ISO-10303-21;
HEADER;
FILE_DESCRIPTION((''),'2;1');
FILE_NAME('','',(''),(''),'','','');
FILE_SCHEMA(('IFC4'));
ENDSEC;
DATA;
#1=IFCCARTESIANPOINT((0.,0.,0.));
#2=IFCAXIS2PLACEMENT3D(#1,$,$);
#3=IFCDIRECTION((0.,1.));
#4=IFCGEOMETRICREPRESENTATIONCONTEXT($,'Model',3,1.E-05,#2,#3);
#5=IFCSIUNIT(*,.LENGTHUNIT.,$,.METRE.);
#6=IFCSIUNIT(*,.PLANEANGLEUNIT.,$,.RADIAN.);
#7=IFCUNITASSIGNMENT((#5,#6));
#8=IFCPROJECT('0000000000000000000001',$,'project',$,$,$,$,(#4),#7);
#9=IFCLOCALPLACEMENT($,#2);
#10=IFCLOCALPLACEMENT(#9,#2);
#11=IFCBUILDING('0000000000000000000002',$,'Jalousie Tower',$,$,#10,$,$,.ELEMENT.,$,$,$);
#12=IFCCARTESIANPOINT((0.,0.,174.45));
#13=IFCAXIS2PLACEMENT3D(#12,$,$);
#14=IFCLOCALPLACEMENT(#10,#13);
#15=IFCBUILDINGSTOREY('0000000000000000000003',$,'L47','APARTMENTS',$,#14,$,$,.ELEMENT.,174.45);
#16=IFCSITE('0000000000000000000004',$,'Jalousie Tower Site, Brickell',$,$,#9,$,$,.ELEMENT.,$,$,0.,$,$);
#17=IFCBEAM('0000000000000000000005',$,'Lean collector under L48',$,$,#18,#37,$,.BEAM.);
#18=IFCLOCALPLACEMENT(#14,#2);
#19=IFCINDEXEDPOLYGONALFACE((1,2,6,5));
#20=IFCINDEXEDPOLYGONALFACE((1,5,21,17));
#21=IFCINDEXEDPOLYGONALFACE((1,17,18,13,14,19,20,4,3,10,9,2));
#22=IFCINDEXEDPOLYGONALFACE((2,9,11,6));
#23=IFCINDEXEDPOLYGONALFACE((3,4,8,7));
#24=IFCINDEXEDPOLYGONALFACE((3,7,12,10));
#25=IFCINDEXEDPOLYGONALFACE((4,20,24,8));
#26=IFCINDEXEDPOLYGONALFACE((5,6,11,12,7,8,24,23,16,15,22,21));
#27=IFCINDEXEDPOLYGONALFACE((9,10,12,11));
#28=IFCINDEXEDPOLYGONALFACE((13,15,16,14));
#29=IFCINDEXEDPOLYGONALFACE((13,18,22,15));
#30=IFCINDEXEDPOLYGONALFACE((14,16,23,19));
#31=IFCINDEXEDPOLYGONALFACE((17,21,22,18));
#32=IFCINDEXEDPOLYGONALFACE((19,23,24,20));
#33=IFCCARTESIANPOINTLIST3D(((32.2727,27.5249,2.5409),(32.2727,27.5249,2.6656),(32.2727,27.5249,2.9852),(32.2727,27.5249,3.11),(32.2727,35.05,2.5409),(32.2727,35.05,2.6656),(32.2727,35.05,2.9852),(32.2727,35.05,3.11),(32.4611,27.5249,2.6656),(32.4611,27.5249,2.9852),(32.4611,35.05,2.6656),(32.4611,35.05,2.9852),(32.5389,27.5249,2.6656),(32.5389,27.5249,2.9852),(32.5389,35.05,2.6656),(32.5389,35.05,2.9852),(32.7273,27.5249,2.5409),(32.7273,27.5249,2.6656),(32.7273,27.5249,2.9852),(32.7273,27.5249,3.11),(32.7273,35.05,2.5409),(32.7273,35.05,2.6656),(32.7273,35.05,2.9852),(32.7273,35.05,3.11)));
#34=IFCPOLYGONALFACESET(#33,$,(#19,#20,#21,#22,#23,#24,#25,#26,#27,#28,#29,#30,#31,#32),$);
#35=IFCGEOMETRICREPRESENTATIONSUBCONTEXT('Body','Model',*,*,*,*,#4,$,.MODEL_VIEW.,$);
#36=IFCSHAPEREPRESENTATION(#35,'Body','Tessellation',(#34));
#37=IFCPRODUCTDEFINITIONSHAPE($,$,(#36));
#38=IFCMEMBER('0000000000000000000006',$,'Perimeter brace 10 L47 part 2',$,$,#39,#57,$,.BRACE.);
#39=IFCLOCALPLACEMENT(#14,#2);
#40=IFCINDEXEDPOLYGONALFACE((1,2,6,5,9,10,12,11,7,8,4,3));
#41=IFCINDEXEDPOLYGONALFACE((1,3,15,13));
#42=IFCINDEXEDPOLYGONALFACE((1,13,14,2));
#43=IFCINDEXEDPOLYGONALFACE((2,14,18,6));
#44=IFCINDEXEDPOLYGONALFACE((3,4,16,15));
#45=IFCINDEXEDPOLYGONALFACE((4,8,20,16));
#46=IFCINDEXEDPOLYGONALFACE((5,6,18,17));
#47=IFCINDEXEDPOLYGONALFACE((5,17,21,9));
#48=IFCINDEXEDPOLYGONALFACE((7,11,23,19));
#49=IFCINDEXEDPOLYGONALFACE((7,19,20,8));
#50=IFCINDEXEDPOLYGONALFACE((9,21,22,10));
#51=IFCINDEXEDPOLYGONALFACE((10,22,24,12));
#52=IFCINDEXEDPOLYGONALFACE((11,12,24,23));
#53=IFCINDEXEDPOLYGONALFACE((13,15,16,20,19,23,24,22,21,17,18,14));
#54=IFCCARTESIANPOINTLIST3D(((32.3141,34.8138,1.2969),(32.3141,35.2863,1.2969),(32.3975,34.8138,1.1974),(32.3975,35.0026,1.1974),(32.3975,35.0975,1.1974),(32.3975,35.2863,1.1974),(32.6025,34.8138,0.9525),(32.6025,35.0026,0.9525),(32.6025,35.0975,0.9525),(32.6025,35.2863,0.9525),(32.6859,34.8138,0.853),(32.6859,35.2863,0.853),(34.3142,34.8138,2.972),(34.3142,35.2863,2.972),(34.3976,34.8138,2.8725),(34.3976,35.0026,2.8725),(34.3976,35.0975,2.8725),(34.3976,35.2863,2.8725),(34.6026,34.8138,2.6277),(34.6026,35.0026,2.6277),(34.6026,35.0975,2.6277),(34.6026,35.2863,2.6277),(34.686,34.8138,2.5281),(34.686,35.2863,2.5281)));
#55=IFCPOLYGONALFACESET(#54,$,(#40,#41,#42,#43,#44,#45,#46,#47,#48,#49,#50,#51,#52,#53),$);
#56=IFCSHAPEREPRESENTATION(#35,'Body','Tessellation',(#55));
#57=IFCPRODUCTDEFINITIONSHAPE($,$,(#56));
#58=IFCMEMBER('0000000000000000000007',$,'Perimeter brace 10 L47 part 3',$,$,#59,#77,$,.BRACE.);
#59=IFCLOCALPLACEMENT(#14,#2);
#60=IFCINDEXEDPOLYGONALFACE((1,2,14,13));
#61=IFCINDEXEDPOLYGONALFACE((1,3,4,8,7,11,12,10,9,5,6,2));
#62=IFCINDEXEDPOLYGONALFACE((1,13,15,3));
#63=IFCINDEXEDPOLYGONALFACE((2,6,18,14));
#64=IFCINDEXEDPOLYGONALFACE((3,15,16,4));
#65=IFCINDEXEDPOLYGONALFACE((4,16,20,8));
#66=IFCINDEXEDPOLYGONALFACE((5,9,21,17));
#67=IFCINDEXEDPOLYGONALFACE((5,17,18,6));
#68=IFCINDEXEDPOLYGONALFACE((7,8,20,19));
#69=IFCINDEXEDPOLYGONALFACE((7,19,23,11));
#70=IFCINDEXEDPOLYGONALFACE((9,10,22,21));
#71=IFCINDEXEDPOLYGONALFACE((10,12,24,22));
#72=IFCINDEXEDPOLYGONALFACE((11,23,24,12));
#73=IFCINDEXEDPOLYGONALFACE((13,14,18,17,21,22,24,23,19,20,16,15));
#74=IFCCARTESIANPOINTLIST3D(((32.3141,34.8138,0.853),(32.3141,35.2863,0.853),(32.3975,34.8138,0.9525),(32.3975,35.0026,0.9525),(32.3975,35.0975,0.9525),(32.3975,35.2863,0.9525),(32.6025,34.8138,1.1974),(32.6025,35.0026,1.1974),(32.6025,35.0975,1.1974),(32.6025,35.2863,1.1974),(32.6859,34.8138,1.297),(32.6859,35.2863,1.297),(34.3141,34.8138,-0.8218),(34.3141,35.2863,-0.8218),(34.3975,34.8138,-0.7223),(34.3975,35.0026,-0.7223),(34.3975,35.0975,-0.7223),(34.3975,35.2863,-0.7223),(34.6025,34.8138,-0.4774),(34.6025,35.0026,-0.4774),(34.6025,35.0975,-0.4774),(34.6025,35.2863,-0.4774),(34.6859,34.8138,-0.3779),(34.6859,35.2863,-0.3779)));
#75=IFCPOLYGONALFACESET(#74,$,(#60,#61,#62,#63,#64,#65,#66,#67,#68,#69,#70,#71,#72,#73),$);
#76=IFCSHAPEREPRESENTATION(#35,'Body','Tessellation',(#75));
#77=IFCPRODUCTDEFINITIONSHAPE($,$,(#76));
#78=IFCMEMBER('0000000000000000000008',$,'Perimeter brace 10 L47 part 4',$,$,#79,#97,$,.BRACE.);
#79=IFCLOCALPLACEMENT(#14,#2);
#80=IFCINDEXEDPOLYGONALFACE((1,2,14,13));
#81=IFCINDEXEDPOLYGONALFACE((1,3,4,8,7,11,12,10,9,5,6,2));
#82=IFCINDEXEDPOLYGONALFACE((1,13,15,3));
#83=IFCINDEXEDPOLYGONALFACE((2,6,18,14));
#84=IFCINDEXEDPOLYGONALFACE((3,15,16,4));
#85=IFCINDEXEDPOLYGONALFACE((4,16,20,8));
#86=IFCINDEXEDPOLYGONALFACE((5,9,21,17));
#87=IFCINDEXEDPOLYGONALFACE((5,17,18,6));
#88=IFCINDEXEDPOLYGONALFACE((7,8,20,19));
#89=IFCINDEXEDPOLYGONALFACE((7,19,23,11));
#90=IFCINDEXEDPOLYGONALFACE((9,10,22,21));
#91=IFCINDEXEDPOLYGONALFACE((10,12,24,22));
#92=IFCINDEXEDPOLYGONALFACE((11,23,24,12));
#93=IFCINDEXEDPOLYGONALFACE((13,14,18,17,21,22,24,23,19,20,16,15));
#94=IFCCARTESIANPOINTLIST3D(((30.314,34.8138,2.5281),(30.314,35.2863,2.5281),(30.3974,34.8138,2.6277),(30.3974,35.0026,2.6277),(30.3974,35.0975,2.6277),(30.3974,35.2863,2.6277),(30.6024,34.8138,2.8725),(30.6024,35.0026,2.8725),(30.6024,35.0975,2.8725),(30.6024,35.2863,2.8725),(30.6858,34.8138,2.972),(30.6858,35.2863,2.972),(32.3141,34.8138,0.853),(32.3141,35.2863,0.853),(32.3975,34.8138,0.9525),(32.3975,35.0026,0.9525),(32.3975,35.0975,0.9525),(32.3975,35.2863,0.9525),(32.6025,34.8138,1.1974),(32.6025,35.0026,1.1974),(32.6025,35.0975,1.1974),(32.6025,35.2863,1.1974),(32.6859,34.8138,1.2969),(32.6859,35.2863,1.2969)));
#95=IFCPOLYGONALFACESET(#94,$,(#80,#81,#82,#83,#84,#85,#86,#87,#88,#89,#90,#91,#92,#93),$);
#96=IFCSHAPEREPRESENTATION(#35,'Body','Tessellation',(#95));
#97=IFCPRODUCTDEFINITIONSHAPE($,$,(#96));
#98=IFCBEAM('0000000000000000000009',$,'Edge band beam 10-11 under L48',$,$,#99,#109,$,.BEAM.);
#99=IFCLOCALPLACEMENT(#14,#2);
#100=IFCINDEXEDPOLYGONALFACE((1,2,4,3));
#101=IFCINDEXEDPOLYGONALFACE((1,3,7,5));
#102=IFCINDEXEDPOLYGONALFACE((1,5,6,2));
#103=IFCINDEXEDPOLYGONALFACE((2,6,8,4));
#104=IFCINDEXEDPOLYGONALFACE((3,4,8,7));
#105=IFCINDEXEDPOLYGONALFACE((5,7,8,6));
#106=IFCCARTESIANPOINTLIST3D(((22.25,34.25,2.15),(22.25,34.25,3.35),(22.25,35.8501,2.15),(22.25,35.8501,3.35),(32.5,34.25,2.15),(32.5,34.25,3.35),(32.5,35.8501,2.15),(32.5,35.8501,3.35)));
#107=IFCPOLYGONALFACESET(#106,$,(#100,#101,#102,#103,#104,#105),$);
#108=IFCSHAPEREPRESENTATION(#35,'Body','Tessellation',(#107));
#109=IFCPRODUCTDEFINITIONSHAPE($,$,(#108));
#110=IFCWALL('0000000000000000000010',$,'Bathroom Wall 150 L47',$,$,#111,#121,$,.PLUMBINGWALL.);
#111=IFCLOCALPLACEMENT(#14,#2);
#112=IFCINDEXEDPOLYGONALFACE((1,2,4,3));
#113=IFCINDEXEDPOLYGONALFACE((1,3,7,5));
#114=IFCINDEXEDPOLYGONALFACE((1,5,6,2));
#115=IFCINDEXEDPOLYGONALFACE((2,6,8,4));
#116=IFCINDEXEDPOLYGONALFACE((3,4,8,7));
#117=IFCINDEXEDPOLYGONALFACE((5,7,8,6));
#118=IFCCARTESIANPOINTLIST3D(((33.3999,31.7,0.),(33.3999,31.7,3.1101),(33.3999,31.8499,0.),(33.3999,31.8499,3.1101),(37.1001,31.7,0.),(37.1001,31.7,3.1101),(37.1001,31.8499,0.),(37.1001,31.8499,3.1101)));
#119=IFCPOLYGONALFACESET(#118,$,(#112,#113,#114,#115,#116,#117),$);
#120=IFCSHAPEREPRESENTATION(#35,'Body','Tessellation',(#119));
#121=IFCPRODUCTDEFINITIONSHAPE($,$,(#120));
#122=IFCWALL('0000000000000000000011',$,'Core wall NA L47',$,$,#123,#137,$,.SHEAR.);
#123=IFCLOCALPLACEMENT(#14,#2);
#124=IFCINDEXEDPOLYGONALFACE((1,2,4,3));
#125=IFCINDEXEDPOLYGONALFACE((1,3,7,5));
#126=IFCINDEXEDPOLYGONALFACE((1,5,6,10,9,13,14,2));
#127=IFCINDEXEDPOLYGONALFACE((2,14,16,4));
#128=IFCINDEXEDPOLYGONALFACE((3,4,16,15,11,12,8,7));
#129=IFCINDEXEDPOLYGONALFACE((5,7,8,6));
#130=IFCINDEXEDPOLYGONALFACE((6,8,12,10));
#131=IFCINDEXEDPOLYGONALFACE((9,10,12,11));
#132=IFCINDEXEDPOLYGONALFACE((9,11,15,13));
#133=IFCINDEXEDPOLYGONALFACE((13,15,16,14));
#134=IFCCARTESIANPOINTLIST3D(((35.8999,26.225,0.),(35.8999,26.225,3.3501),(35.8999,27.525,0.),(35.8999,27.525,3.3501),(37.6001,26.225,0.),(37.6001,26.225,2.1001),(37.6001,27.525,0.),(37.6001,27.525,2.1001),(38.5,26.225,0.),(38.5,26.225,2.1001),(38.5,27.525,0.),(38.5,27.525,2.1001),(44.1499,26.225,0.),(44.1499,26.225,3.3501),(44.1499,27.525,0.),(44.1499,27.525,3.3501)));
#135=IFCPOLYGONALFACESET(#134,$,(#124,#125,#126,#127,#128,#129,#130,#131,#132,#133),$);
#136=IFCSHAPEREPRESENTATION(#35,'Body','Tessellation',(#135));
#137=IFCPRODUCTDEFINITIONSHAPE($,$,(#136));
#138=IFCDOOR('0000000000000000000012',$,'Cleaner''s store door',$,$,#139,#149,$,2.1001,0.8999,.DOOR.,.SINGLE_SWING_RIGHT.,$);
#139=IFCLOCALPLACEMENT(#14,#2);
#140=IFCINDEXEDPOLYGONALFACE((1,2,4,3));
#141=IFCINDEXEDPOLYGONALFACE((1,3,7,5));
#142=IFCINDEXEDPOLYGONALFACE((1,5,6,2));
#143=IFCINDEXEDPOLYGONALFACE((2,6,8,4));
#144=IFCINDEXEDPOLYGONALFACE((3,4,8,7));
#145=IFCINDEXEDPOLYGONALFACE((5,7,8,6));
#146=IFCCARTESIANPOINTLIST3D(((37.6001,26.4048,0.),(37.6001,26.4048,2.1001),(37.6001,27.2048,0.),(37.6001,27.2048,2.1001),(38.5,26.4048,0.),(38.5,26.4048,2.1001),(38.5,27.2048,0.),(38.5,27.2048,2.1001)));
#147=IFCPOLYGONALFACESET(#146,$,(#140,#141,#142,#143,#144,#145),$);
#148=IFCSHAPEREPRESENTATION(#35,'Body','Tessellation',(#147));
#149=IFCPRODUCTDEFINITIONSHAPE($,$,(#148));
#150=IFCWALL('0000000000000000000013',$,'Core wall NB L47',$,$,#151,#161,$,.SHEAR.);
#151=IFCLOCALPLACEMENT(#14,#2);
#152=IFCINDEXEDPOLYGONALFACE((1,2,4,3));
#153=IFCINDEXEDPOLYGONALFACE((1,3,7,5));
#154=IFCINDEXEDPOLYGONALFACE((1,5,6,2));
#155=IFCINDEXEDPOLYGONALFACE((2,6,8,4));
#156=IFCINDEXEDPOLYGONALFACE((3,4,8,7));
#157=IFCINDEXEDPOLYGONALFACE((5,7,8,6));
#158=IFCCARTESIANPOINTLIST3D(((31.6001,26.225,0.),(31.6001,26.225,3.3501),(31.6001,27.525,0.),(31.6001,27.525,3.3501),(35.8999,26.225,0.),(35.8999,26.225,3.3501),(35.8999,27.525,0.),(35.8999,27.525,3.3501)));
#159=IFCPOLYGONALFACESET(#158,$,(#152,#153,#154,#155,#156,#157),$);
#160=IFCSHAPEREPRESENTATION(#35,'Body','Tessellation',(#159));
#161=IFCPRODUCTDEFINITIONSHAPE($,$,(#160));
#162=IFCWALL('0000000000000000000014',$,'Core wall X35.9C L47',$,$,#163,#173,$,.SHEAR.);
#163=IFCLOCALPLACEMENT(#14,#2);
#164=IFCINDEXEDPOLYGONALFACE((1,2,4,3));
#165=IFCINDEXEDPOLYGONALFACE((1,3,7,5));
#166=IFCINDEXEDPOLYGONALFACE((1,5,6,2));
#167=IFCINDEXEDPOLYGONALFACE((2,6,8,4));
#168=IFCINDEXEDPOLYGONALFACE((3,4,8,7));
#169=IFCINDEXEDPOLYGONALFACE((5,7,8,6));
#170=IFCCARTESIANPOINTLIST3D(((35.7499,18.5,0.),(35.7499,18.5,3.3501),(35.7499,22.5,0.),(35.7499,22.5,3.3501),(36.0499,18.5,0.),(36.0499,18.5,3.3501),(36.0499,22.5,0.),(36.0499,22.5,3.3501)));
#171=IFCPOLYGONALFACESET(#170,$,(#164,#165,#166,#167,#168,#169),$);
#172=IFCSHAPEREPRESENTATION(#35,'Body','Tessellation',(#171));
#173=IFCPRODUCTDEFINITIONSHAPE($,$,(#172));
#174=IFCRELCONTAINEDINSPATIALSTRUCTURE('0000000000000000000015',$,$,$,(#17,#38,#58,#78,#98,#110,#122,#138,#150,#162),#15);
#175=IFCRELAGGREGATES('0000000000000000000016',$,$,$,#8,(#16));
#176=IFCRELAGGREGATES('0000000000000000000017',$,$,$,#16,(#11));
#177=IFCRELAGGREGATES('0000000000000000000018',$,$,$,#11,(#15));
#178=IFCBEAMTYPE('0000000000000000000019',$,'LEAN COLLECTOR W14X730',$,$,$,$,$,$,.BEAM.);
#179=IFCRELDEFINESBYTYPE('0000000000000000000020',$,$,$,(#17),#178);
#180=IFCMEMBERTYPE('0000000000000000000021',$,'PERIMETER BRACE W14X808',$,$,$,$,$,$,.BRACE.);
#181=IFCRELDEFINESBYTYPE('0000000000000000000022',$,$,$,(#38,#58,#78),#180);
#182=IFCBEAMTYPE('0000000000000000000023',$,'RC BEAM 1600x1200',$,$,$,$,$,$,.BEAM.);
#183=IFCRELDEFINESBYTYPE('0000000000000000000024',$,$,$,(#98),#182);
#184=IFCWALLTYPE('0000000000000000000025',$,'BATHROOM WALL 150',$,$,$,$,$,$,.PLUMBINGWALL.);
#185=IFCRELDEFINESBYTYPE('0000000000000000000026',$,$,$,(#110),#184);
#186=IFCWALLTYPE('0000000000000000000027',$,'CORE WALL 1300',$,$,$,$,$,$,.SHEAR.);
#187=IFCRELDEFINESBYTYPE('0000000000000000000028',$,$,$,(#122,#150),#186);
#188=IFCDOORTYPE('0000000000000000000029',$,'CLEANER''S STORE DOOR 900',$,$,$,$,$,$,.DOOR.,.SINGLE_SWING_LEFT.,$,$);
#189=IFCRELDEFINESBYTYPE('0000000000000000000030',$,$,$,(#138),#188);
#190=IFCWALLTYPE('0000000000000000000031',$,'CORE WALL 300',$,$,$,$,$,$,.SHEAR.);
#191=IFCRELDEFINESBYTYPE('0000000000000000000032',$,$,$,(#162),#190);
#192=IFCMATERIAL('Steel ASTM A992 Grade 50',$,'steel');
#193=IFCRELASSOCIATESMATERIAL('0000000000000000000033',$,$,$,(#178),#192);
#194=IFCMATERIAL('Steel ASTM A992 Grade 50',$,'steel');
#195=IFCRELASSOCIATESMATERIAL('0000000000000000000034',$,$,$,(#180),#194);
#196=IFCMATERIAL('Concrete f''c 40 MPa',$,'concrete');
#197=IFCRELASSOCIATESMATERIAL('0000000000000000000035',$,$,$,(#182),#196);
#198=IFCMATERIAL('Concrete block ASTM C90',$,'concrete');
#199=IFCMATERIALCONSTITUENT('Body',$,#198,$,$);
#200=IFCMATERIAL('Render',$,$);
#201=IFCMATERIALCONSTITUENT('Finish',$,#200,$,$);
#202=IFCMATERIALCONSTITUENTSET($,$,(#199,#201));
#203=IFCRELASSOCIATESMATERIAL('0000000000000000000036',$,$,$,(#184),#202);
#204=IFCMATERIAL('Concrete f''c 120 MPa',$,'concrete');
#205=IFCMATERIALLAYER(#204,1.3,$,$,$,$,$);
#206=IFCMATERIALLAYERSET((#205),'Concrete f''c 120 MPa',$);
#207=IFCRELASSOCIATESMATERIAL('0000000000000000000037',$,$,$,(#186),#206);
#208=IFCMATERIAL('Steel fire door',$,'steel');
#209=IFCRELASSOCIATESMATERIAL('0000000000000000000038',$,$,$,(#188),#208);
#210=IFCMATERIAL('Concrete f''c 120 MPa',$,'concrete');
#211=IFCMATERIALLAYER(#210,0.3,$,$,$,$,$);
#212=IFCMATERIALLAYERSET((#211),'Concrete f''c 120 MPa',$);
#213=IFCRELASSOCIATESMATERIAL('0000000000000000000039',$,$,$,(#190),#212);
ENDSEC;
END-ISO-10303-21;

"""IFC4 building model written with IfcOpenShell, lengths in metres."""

from ifc_helpers import new_model, si_unit, direction, frame, frame_2d, origin, origin_2d, place, context, subcontext, project, spatial, rectangle, i_section, extrude, material, layer, layer_set, constituent, constituent_set, material_profile, profile_set, type_object, element, fill, save


model = new_model("IFC4")

# Units and contexts
model_context = context("Model", 3, precision=1e-05, world=origin(), true_north=direction((0.0, 1.0)))
body_context = subcontext(model_context, "Body", "Model", "MODEL_VIEW")
ifc_project = project(units=[si_unit("LENGTHUNIT", "METRE"), si_unit("PLANEANGLEUNIT", "RADIAN")], contexts=[model_context])

# Site, building, storey
site_placement = place(None, origin())
site = spatial("IfcSite", under=ifc_project, at=site_placement, Name="Jalousie Tower Site, Brickell", CompositionType="ELEMENT", RefElevation=0.0)
building_placement = place(site_placement, origin())
building = spatial("IfcBuilding", under=site, at=building_placement, Name="Jalousie Tower", CompositionType="ELEMENT")
storey_placement = place(building_placement, frame((0.0, 0.0, 174.45)))
storey = spatial("IfcBuildingStorey", under=building, at=storey_placement, Name="L47", Description="APARTMENTS", CompositionType="ELEMENT", Elevation=174.45)

# Beam
ifc_material_1 = material(Name="Steel ASTM A992 Grade 50", Category="steel")
ifc_material_profile_1 = material_profile(ifc_material_1, i_section(OverallWidth=0.4546, OverallDepth=0.5691, WebThickness=0.0779, FlangeThickness=0.1248, at=origin_2d()), Name="W14X730")
ifc_profile_set_1 = profile_set([ifc_material_profile_1], Name="Steel ASTM A992 Grade 50")
beam_type_1 = type_object("IfcBeamType", Name="LEAN COLLECTOR W14X730", PredefinedType="BEAM", material=ifc_profile_set_1)
beam_1_placement = place(storey_placement, frame((32.5, 35.05, 2.8254), z_axis=(0.0, -1.0, 0.0), x_axis=(1.0, 0.0, 0.0)))
element("IfcBeam", 1, at=beam_1_placement, inside=storey, type_object=beam_type_1, Name="Lean collector under L48", PredefinedType="BEAM", context=body_context, shape_type="SweptSolid", body=[
    extrude(i_section(OverallWidth=0.4546, OverallDepth=0.5691, WebThickness=0.0779, FlangeThickness=0.1248, at=origin_2d()), origin(), (0.0, 0.0, 1.0), 7.5251),
])

# Members
ifc_material_2 = material(Name="Steel ASTM A992 Grade 50", Category="steel")
ifc_material_profile_2 = material_profile(ifc_material_2, i_section(OverallWidth=0.4724, OverallDepth=0.5791, WebThickness=0.095, FlangeThickness=0.1299, at=origin_2d()), Name="W14X808")
ifc_profile_set_2 = profile_set([ifc_material_profile_2], Name="Steel ASTM A992 Grade 50")
member_type = type_object("IfcMemberType", Name="PERIMETER BRACE W14X808", PredefinedType="BRACE", material=ifc_profile_set_2)
member_1_placement = place(storey_placement, frame((32.5, 35.05, 1.075), z_axis=(0.766639, 0.0, 0.642079), x_axis=(0.0, 1.0, 0.0)))
element("IfcMember", 2, at=member_1_placement, inside=storey, type_object=member_type, Name="Perimeter brace 10 L47 part 2", PredefinedType="BRACE", context=body_context, shape_type="SweptSolid", body=[
    extrude(i_section(OverallWidth=0.4724, OverallDepth=0.5791, WebThickness=0.095, FlangeThickness=0.1299, at=origin_2d()), origin(), (0.0, 0.0, 1.0), 2.6089),
])
member_2_placement = place(storey_placement, frame((34.5, 35.05, -0.5999), z_axis=(-0.766685, 0.0, 0.642024), x_axis=(0.0, -1.0, 0.0)))
element("IfcMember", 3, at=member_2_placement, inside=storey, type_object=member_type, Name="Perimeter brace 10 L47 part 3", PredefinedType="BRACE", context=body_context, shape_type="SweptSolid", body=[
    extrude(i_section(OverallWidth=0.4724, OverallDepth=0.5791, WebThickness=0.095, FlangeThickness=0.1299, at=origin_2d()), origin(), (0.0, 0.0, 1.0), 2.6086),
])
member_3_placement = place(storey_placement, frame((32.5, 35.05, 1.075), z_axis=(-0.766639, 0.0, 0.642079), x_axis=(0.0, -1.0, 0.0)))
element("IfcMember", 4, at=member_3_placement, inside=storey, type_object=member_type, Name="Perimeter brace 10 L47 part 4", PredefinedType="BRACE", context=body_context, shape_type="SweptSolid", body=[
    extrude(i_section(OverallWidth=0.4724, OverallDepth=0.5791, WebThickness=0.095, FlangeThickness=0.1299, at=origin_2d()), origin(), (0.0, 0.0, 1.0), 2.6089),
])

# Beam
ifc_material_3 = material(Name="Concrete f'c 40 MPa", Category="concrete")
ifc_material_profile_3 = material_profile(ifc_material_3, rectangle(XDim=1.6001, YDim=1.2, at=origin_2d()), Name="RC 1600x1200")
ifc_profile_set_3 = profile_set([ifc_material_profile_3], Name="Concrete f'c 40 MPa")
beam_type_2 = type_object("IfcBeamType", Name="RC BEAM 1600x1200", PredefinedType="BEAM", material=ifc_profile_set_3)
beam_2_placement = place(storey_placement, frame((32.5, 35.05, 2.75), z_axis=(-1.0, 0.0, 0.0), x_axis=(0.0, -1.0, 0.0)))
element("IfcBeam", 5, at=beam_2_placement, inside=storey, type_object=beam_type_2, Name="Edge band beam 10-11 under L48", PredefinedType="BEAM", context=body_context, shape_type="SweptSolid", body=[
    extrude(rectangle(XDim=1.6001, YDim=1.2, at=origin_2d()), origin(), (0.0, 0.0, 1.0), 10.25),
])

# Wall
ifc_material_4 = material(Name="Concrete block ASTM C90", Category="concrete")
ifc_constituent_1 = constituent(ifc_material_4, Name="Body")
ifc_material_5 = material(Name="Render")
ifc_constituent_2 = constituent(ifc_material_5, Name="Finish")
ifc_constituent_set_1 = constituent_set(constituents=[ifc_constituent_1, ifc_constituent_2])
wall_type_1 = type_object("IfcWallType", Name="BATHROOM WALL 150", PredefinedType="PLUMBINGWALL", material=ifc_constituent_set_1)
wall_1_placement = place(storey_placement, frame((33.3999, 31.7749, 0.0), z_axis=(0.0, 0.0, 1.0), x_axis=(1.0, 0.0, 0.0)))
element("IfcWall", 6, at=wall_1_placement, inside=storey, type_object=wall_type_1, Name="Bathroom Wall 150 L47", PredefinedType="PLUMBINGWALL", context=body_context, shape_type="SweptSolid", body=[
    extrude(rectangle(XDim=3.7002, YDim=0.1499, at=frame_2d((1.8501, 0.0))), origin(), (0.0, 0.0, 1.0), 3.1101),
])

# Wall, opening, door
ifc_material_6 = material(Name="Concrete f'c 120 MPa", Category="concrete")
ifc_layer_1 = layer(ifc_material_6, 1.3)
ifc_layer_set_1 = layer_set([ifc_layer_1], Name="Concrete f'c 120 MPa")
wall_type_2 = type_object("IfcWallType", Name="CORE WALL 1300", PredefinedType="SHEAR", material=ifc_layer_set_1)
wall_2_placement = place(storey_placement, frame((44.1499, 26.875, 0.0), z_axis=(0.0, 0.0, 1.0), x_axis=(-1.0, 0.0, 0.0)))
wall_2 = element("IfcWall", 7, at=wall_2_placement, inside=storey, type_object=wall_type_2, Name="Core wall NA L47", PredefinedType="SHEAR", context=body_context, shape_type="SweptSolid", body=[
    extrude(rectangle(XDim=8.25, YDim=1.3, at=frame_2d((4.125, 0.0))), origin(), (0.0, 0.0, 1.0), 3.3501),
])
opening_1_placement = place(wall_2_placement, frame((5.6499, 0.0, 0.0)))
opening_1 = element("IfcOpeningElement", 8, at=opening_1_placement, cuts=wall_2, PredefinedType="OPENING", context=body_context, shape_type="SweptSolid", body=[
    extrude(rectangle(XDim=0.8999, YDim=2.1001, at=frame_2d((0.45, 1.05))), frame((0.0, 0.6599, 0.0), z_axis=(0.0, -1.0, 0.0), x_axis=(1.0, 0.0, 0.0)), (0.0, 0.0, 1.0), 1.3201),
])
ifc_material_7 = material(Name="Steel fire door", Category="steel")
door_type_1 = type_object("IfcDoorType", Name="CLEANER'S STORE DOOR 900", OperationType="SINGLE_SWING_LEFT", PredefinedType="DOOR", material=ifc_material_7)
door_1_placement = place(opening_1_placement, origin())
door_1 = element("IfcDoor", 9, at=door_1_placement, inside=storey, type_object=door_type_1, Name="Cleaner's store door", OperationType="SINGLE_SWING_RIGHT", OverallHeight=2.1001, OverallWidth=0.8999, PredefinedType="DOOR", context=body_context, shape_type="SweptSolid", body=[
    extrude(rectangle(XDim=0.8999, YDim=2.1001, at=frame_2d((0.45, 1.05))), frame((0.0, 0.4702, 0.0), z_axis=(0.0, -1.0, 0.0), x_axis=(1.0, 0.0, 0.0)), (0.0, 0.0, 1.0), 0.8),
])
fill(opening_1, door_1)

# Walls
wall_3_placement = place(storey_placement, frame((35.8999, 26.875, 0.0), z_axis=(0.0, 0.0, 1.0), x_axis=(-1.0, 0.0, 0.0)))
element("IfcWall", 10, at=wall_3_placement, inside=storey, type_object=wall_type_2, Name="Core wall NB L47", PredefinedType="SHEAR", context=body_context, shape_type="SweptSolid", body=[
    extrude(rectangle(XDim=4.2998, YDim=1.3, at=frame_2d((2.1499, 0.0))), origin(), (0.0, 0.0, 1.0), 3.3501),
])
ifc_material_8 = material(Name="Concrete f'c 120 MPa", Category="concrete")
ifc_layer_2 = layer(ifc_material_8, 0.3)
ifc_layer_set_2 = layer_set([ifc_layer_2], Name="Concrete f'c 120 MPa")
wall_type_3 = type_object("IfcWallType", Name="CORE WALL 300", PredefinedType="SHEAR", material=ifc_layer_set_2)
wall_4_placement = place(storey_placement, frame((35.8999, 18.5, 0.0), z_axis=(0.0, 0.0, 1.0), x_axis=(0.0, 1.0, 0.0)))
element("IfcWall", 11, at=wall_4_placement, inside=storey, type_object=wall_type_3, Name="Core wall X35.9C L47", PredefinedType="SHEAR", context=body_context, shape_type="SweptSolid", body=[
    extrude(rectangle(XDim=4.0, YDim=0.3, at=frame_2d((2.0, 0.0))), origin(), (0.0, 0.0, 1.0), 3.3501),
])

save(model, "model.ifc")
